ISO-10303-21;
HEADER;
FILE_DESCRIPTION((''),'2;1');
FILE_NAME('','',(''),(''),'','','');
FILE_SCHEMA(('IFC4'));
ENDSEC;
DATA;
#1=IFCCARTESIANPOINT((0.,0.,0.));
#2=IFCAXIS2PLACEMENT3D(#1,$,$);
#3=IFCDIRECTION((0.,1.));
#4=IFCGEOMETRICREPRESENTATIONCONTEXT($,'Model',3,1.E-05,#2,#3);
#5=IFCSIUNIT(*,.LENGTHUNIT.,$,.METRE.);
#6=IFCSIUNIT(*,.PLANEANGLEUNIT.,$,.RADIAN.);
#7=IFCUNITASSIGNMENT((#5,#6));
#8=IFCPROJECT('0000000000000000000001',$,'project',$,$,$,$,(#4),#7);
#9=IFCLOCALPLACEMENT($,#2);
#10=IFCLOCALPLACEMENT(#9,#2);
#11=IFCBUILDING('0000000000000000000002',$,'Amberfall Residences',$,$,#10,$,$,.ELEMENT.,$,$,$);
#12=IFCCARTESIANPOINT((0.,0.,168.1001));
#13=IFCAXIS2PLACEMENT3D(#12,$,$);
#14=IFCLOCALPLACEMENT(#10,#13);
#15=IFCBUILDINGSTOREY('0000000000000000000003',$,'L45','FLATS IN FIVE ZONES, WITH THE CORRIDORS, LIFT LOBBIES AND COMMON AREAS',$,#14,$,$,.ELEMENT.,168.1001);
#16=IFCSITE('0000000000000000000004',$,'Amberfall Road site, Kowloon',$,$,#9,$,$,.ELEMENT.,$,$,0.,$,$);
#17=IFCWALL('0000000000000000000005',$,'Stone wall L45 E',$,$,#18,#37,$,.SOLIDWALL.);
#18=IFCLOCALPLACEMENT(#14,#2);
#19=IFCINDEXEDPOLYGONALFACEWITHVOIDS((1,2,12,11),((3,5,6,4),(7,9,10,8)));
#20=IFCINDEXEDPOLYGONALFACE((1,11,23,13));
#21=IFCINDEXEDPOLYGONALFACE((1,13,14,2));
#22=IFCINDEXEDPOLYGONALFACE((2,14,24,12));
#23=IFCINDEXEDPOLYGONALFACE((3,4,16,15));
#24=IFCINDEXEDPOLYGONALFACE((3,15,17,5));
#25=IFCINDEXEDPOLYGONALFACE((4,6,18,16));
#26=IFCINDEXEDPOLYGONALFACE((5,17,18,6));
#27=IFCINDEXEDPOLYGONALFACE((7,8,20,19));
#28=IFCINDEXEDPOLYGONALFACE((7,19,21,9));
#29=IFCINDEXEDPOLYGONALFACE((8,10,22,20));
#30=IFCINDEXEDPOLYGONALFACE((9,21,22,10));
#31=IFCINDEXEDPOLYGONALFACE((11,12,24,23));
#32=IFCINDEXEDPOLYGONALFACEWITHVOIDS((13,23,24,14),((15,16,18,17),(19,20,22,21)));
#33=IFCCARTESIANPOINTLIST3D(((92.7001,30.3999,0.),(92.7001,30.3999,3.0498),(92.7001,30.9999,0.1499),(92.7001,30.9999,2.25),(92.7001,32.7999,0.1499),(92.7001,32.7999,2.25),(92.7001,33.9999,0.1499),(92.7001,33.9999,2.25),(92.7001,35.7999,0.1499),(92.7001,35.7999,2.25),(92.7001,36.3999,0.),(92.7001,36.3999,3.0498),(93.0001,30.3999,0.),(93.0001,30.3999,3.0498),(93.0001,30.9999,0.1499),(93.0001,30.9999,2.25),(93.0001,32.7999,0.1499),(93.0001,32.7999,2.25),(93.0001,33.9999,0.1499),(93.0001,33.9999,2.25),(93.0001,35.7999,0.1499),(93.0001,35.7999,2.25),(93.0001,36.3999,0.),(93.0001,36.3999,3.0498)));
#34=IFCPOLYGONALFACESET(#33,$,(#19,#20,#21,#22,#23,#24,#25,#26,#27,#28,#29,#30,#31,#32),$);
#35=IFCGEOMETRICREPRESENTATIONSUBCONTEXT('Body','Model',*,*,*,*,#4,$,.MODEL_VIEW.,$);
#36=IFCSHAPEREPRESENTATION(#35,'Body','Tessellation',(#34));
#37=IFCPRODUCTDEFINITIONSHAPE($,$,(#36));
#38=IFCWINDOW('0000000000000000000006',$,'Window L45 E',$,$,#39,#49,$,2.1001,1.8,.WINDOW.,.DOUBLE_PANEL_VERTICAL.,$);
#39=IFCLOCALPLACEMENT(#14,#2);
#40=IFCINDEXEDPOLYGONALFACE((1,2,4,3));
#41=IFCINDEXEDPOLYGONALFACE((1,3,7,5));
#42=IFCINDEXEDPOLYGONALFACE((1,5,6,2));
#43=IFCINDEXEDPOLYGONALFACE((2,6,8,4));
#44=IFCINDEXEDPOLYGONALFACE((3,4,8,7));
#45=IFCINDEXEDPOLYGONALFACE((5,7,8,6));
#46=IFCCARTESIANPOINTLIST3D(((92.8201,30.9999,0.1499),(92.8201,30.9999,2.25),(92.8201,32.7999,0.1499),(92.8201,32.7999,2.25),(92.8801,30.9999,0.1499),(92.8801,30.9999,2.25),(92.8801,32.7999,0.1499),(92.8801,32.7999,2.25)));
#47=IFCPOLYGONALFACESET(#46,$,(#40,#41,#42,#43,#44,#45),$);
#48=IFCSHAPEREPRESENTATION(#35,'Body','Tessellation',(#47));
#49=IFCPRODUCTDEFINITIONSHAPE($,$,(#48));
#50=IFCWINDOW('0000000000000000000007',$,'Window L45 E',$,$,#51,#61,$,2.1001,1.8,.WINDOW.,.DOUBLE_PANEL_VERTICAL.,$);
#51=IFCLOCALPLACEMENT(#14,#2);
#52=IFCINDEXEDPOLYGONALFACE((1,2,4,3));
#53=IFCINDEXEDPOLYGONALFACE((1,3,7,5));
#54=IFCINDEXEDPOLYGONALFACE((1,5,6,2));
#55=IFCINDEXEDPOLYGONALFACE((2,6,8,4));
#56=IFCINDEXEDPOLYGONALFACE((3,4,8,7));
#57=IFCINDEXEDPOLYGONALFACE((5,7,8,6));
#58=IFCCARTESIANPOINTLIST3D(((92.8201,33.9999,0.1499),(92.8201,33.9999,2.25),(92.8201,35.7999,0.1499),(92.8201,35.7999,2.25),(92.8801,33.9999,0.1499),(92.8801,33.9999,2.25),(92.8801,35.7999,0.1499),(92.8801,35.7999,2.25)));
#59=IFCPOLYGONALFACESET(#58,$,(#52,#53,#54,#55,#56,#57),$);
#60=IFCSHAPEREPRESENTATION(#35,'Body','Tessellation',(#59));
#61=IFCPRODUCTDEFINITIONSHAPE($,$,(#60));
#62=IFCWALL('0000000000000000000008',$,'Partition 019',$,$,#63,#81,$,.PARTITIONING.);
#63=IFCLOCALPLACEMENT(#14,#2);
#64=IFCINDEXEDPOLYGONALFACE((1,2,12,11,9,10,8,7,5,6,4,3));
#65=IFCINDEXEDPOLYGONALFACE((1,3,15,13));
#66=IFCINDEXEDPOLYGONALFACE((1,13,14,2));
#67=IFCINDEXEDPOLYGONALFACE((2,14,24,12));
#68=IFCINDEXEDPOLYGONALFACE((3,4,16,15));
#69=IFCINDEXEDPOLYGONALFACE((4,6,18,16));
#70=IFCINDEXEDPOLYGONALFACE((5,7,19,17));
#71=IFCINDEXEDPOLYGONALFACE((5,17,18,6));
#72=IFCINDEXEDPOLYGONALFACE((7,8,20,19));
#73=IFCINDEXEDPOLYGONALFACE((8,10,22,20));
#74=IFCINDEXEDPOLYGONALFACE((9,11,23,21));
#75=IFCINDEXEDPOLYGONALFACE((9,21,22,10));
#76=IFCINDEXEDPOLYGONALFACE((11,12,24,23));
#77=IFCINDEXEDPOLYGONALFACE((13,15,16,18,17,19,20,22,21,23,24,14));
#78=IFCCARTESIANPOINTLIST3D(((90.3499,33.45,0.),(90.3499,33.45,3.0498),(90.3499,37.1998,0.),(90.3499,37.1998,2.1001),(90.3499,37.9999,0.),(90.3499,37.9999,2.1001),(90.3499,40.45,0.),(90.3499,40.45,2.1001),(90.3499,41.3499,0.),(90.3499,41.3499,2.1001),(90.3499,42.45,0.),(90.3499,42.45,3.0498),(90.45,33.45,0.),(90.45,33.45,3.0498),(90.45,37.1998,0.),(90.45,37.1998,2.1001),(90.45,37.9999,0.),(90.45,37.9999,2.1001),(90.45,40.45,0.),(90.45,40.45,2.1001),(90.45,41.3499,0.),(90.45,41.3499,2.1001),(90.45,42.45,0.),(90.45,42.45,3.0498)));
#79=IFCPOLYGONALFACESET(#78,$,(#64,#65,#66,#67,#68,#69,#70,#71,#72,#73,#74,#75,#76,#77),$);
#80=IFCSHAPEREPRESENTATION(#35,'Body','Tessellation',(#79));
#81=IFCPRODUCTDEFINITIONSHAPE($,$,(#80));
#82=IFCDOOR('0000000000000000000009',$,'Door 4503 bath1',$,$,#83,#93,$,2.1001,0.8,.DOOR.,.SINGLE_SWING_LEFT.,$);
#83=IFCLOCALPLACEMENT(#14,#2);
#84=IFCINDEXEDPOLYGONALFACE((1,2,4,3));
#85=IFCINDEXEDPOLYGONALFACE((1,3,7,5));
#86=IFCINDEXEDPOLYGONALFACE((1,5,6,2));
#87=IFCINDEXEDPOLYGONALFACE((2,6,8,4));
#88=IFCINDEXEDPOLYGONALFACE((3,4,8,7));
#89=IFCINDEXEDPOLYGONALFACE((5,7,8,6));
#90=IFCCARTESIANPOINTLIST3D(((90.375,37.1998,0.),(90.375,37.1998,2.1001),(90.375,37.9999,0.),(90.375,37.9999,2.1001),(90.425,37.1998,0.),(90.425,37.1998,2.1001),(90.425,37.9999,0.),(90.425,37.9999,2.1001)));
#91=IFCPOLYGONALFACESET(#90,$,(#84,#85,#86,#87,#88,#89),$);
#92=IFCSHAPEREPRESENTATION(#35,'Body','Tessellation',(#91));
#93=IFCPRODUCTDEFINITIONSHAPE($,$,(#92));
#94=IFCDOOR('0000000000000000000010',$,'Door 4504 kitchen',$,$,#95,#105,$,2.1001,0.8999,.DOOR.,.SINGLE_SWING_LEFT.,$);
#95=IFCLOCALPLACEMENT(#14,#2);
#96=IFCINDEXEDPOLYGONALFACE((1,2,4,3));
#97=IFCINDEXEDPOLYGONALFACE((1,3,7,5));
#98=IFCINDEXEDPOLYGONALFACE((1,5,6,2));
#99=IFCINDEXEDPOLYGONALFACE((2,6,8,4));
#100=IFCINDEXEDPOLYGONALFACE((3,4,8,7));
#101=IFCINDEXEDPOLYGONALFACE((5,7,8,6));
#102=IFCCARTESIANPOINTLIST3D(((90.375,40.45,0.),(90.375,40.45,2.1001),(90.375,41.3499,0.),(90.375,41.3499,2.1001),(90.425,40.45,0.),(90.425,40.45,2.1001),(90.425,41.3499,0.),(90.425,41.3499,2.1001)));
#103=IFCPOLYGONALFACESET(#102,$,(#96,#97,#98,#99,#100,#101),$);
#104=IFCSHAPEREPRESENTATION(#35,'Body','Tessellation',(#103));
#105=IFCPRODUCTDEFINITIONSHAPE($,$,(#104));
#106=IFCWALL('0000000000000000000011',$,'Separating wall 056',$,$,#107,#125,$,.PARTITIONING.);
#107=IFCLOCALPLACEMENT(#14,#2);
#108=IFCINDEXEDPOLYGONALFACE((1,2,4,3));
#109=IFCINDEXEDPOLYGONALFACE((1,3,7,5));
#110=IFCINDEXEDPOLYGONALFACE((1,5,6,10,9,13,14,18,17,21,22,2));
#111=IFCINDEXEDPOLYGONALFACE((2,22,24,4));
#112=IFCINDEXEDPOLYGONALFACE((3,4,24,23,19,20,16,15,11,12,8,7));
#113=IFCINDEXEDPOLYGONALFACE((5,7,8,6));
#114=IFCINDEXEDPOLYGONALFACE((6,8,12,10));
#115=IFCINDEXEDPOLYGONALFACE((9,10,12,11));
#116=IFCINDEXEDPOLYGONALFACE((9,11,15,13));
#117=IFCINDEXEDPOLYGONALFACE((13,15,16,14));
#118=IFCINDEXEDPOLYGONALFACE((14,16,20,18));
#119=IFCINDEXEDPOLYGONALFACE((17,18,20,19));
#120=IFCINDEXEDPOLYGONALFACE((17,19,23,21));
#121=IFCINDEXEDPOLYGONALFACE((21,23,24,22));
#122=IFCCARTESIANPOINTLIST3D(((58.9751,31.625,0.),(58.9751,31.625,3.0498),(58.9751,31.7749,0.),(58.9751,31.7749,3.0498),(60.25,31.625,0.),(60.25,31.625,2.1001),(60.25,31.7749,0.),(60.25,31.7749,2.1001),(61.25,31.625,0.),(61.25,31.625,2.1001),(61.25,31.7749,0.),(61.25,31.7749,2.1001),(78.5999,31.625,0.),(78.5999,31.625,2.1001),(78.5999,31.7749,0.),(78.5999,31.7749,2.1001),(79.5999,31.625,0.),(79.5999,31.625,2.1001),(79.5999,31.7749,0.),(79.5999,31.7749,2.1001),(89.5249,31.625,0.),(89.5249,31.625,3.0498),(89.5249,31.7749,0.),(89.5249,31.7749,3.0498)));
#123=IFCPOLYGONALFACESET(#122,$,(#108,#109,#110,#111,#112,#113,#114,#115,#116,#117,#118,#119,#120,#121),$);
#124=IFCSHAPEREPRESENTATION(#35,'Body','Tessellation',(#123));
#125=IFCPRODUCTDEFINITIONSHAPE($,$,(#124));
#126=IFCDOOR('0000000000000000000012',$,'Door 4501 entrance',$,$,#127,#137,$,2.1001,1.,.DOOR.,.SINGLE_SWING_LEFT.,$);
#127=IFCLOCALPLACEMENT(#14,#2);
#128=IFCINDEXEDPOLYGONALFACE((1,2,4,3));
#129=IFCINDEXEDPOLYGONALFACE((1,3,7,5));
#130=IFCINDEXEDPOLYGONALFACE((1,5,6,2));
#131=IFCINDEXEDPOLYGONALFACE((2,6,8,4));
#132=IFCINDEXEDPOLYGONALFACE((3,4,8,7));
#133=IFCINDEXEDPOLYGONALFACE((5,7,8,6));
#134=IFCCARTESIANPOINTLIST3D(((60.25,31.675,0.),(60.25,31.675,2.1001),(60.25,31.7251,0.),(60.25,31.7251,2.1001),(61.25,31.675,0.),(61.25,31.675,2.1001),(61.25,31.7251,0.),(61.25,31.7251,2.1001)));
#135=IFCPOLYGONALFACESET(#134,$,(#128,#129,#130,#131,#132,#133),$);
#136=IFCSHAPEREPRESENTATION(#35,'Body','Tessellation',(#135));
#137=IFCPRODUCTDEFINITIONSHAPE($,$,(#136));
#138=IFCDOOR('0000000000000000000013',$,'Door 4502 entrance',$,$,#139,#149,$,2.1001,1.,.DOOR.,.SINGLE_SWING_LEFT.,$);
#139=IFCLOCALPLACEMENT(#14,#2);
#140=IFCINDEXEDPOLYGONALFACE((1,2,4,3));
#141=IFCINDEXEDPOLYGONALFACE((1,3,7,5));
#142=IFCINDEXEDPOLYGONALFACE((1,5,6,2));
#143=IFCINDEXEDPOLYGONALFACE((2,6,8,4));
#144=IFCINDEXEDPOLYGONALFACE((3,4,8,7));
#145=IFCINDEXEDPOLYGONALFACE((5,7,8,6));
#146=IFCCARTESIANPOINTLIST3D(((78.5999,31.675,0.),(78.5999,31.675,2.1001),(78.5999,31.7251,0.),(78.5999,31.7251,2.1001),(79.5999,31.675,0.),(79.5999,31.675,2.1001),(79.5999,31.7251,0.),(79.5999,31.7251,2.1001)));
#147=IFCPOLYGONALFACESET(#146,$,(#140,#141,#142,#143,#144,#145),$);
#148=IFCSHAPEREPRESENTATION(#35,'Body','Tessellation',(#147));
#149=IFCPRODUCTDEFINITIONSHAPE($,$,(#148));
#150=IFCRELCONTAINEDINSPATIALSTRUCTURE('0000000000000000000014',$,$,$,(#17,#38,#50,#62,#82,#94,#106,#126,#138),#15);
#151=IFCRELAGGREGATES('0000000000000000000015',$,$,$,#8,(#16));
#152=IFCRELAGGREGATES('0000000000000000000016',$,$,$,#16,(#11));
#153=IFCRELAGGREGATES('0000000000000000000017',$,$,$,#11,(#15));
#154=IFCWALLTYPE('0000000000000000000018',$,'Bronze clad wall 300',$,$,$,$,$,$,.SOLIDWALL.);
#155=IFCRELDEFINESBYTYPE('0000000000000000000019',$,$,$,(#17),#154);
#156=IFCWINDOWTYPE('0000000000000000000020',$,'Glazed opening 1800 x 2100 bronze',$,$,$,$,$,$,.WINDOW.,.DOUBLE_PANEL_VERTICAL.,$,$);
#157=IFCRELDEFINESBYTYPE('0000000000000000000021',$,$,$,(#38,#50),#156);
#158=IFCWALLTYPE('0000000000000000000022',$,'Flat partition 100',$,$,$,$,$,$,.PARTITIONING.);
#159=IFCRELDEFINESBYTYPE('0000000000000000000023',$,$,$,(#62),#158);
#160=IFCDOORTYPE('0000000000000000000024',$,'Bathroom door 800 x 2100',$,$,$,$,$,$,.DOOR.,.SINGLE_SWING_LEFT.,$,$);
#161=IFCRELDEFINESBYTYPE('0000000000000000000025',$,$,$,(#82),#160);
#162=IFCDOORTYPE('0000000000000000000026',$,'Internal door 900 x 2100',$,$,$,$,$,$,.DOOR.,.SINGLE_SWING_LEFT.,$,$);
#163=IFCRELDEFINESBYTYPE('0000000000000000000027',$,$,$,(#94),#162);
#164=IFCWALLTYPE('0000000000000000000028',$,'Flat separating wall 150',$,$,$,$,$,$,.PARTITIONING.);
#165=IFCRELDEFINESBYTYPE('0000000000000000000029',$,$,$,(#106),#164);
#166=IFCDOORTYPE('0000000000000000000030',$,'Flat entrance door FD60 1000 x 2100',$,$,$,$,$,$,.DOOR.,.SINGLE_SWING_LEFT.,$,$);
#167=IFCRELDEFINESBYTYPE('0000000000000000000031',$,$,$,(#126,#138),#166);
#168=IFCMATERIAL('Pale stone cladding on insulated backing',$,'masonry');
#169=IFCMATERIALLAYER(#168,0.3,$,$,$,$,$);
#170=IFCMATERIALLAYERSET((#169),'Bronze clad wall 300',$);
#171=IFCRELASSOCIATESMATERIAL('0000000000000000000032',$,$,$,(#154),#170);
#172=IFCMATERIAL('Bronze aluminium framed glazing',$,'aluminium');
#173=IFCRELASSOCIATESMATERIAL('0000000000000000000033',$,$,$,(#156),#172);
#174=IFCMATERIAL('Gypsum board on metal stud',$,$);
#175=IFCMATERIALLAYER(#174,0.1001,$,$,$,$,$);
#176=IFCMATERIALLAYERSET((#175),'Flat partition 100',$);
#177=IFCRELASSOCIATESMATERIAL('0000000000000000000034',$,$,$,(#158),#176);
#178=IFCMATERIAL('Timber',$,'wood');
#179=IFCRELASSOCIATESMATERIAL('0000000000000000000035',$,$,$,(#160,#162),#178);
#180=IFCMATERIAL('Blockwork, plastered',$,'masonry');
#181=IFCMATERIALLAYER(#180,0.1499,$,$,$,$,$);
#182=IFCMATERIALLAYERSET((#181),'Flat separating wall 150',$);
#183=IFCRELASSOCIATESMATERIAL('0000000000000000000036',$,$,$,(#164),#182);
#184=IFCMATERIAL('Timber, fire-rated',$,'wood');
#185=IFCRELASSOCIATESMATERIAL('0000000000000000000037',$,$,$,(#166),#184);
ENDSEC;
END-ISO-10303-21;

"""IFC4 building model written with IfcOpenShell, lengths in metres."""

from ifc_helpers import new_model, si_unit, direction, frame, frame_2d, origin, place, context, subcontext, project, spatial, rectangle, extrude, material, layer, layer_set, type_object, element, fill, save


model = new_model("IFC4")

# Units and contexts
model_context = context("Model", 3, precision=1e-05, world=origin(), true_north=direction((0.0, 1.0)))
body_context = subcontext(model_context, "Body", "Model", "MODEL_VIEW")
ifc_project = project(units=[si_unit("LENGTHUNIT", "METRE"), si_unit("PLANEANGLEUNIT", "RADIAN")], contexts=[model_context])

# Site, building, storey
site_placement = place(None, origin())
site = spatial("IfcSite", under=ifc_project, at=site_placement, Name="Amberfall Road site, Kowloon", CompositionType="ELEMENT", RefElevation=0.0)
building_placement = place(site_placement, origin())
building = spatial("IfcBuilding", under=site, at=building_placement, Name="Amberfall Residences", CompositionType="ELEMENT")
storey_placement = place(building_placement, frame((0.0, 0.0, 168.1001)))
storey = spatial("IfcBuildingStorey", under=building, at=storey_placement, Name="L45", Description="FLATS IN FIVE ZONES, WITH THE CORRIDORS, LIFT LOBBIES AND COMMON AREAS", CompositionType="ELEMENT", Elevation=168.1001)

# Wall, openings, windows
ifc_material_1 = material(Name="Pale stone cladding on insulated backing", Category="masonry")
ifc_layer_1 = layer(ifc_material_1, 0.3)
ifc_layer_set_1 = layer_set([ifc_layer_1], Name="Bronze clad wall 300")
wall_type_1 = type_object("IfcWallType", Name="Bronze clad wall 300", PredefinedType="SOLIDWALL", material=ifc_layer_set_1)
wall_1_placement = place(storey_placement, frame((92.8501, 30.3999, 0.0), z_axis=(0.0, 0.0, 1.0), x_axis=(0.0, 1.0, 0.0)))
wall_1 = element("IfcWall", 1, at=wall_1_placement, inside=storey, type_object=wall_type_1, Name="Stone wall L45 E", PredefinedType="SOLIDWALL", context=body_context, shape_type="SweptSolid", body=[
    extrude(rectangle(XDim=6.0, YDim=0.3, at=frame_2d((3.0, 0.0))), origin(), (0.0, 0.0, 1.0), 3.0498),
])
opening_1_placement = place(wall_1_placement, frame((0.6001, 0.0, 0.1499)))
opening_1 = element("IfcOpeningElement", 2, at=opening_1_placement, cuts=wall_1, PredefinedType="OPENING", context=body_context, shape_type="SweptSolid", body=[
    extrude(rectangle(XDim=1.8, YDim=2.1001, at=frame_2d((0.8999, 1.05))), frame((0.0, 0.1599, 0.0), z_axis=(0.0, -1.0, 0.0), x_axis=(1.0, 0.0, 0.0)), (0.0, 0.0, 1.0), 0.3201),
])
opening_2_placement = place(wall_1_placement, frame((3.6001, 0.0, 0.1499)))
opening_2 = element("IfcOpeningElement", 3, at=opening_2_placement, cuts=wall_1, PredefinedType="OPENING", context=body_context, shape_type="SweptSolid", body=[
    extrude(rectangle(XDim=1.8, YDim=2.1001, at=frame_2d((0.8999, 1.05))), frame((0.0, 0.1599, 0.0), z_axis=(0.0, -1.0, 0.0), x_axis=(1.0, 0.0, 0.0)), (0.0, 0.0, 1.0), 0.3201),
])
ifc_material_2 = material(Name="Bronze aluminium framed glazing", Category="aluminium")
window_type = type_object("IfcWindowType", Name="Glazed opening 1800 x 2100 bronze", PartitioningType="DOUBLE_PANEL_VERTICAL", PredefinedType="WINDOW", material=ifc_material_2)
window_1_placement = place(opening_1_placement, origin())
window_1 = element("IfcWindow", 4, at=window_1_placement, inside=storey, type_object=window_type, Name="Window L45 E", OverallHeight=2.1001, OverallWidth=1.8, PartitioningType="DOUBLE_PANEL_VERTICAL", PredefinedType="WINDOW", context=body_context, shape_type="SweptSolid", body=[
    extrude(rectangle(XDim=1.8, YDim=2.1001, at=frame_2d((0.8999, 1.05))), frame((0.0, 0.03, 0.0), z_axis=(0.0, -1.0, 0.0), x_axis=(1.0, 0.0, 0.0)), (0.0, 0.0, 1.0), 0.0601),
])
fill(opening_1, window_1)
window_2_placement = place(opening_2_placement, origin())
window_2 = element("IfcWindow", 5, at=window_2_placement, inside=storey, type_object=window_type, Name="Window L45 E", OverallHeight=2.1001, OverallWidth=1.8, PartitioningType="DOUBLE_PANEL_VERTICAL", PredefinedType="WINDOW", context=body_context, shape_type="SweptSolid", body=[
    extrude(rectangle(XDim=1.8, YDim=2.1001, at=frame_2d((0.8999, 1.05))), frame((0.0, 0.03, 0.0), z_axis=(0.0, -1.0, 0.0), x_axis=(1.0, 0.0, 0.0)), (0.0, 0.0, 1.0), 0.0601),
])
fill(opening_2, window_2)

# Walls, openings, doors
ifc_material_3 = material(Name="Gypsum board on metal stud")
ifc_layer_2 = layer(ifc_material_3, 0.1001)
ifc_layer_set_2 = layer_set([ifc_layer_2], Name="Flat partition 100")
wall_type_2 = type_object("IfcWallType", Name="Flat partition 100", PredefinedType="PARTITIONING", material=ifc_layer_set_2)
wall_2_placement = place(storey_placement, frame((90.3999, 33.45, 0.0), z_axis=(0.0, 0.0, 1.0), x_axis=(0.0, 1.0, 0.0)))
wall_2 = element("IfcWall", 6, at=wall_2_placement, inside=storey, type_object=wall_type_2, Name="Partition 019", PredefinedType="PARTITIONING", context=body_context, shape_type="SweptSolid", body=[
    extrude(rectangle(XDim=9.0, YDim=0.1001, at=frame_2d((4.5, 0.0))), origin(), (0.0, 0.0, 1.0), 3.0498),
])
opening_3_placement = place(wall_2_placement, frame((3.75, 0.0, 0.0)))
opening_3 = element("IfcOpeningElement", 7, at=opening_3_placement, cuts=wall_2, PredefinedType="OPENING", context=body_context, shape_type="SweptSolid", body=[
    extrude(rectangle(XDim=0.8, YDim=2.1001, at=frame_2d((0.3999, 1.05))), frame((0.0, 0.0601, 0.0), z_axis=(0.0, -1.0, 0.0), x_axis=(1.0, 0.0, 0.0)), (0.0, 0.0, 1.0), 0.1201),
])
opening_4_placement = place(wall_2_placement, frame((7.0, 0.0, 0.0)))
opening_4 = element("IfcOpeningElement", 8, at=opening_4_placement, cuts=wall_2, PredefinedType="OPENING", context=body_context, shape_type="SweptSolid", body=[
    extrude(rectangle(XDim=0.8999, YDim=2.1001, at=frame_2d((0.45, 1.05))), frame((0.0, 0.0601, 0.0), z_axis=(0.0, -1.0, 0.0), x_axis=(1.0, 0.0, 0.0)), (0.0, 0.0, 1.0), 0.1201),
])
ifc_material_4 = material(Name="Timber", Category="wood")
door_type_1 = type_object("IfcDoorType", Name="Bathroom door 800 x 2100", OperationType="SINGLE_SWING_LEFT", PredefinedType="DOOR", material=ifc_material_4)
door_1_placement = place(opening_3_placement, origin())
door_1 = element("IfcDoor", 9, at=door_1_placement, inside=storey, type_object=door_type_1, Name="Door 4503 bath1", OperationType="SINGLE_SWING_LEFT", OverallHeight=2.1001, OverallWidth=0.8, PredefinedType="DOOR", context=body_context, shape_type="SweptSolid", body=[
    extrude(rectangle(XDim=0.8, YDim=2.1001, at=frame_2d((0.3999, 1.05))), frame((0.0, 0.0249, 0.0), z_axis=(0.0, -1.0, 0.0), x_axis=(1.0, 0.0, 0.0)), (0.0, 0.0, 1.0), 0.05),
])
fill(opening_3, door_1)
door_type_2 = type_object("IfcDoorType", Name="Internal door 900 x 2100", OperationType="SINGLE_SWING_LEFT", PredefinedType="DOOR", material=ifc_material_4)
door_2_placement = place(opening_4_placement, origin())
door_2 = element("IfcDoor", 10, at=door_2_placement, inside=storey, type_object=door_type_2, Name="Door 4504 kitchen", OperationType="SINGLE_SWING_LEFT", OverallHeight=2.1001, OverallWidth=0.8999, PredefinedType="DOOR", context=body_context, shape_type="SweptSolid", body=[
    extrude(rectangle(XDim=0.8999, YDim=2.1001, at=frame_2d((0.45, 1.05))), frame((0.0, 0.0249, 0.0), z_axis=(0.0, -1.0, 0.0), x_axis=(1.0, 0.0, 0.0)), (0.0, 0.0, 1.0), 0.05),
])
fill(opening_4, door_2)
ifc_material_5 = material(Name="Blockwork, plastered", Category="masonry")
ifc_layer_3 = layer(ifc_material_5, 0.1499)
ifc_layer_set_3 = layer_set([ifc_layer_3], Name="Flat separating wall 150")
wall_type_3 = type_object("IfcWallType", Name="Flat separating wall 150", PredefinedType="PARTITIONING", material=ifc_layer_set_3)
wall_3_placement = place(storey_placement, frame((89.5249, 31.7, 0.0), z_axis=(0.0, 0.0, 1.0), x_axis=(-1.0, 0.0, 0.0)))
wall_3 = element("IfcWall", 11, at=wall_3_placement, inside=storey, type_object=wall_type_3, Name="Separating wall 056", PredefinedType="PARTITIONING", context=body_context, shape_type="SweptSolid", body=[
    extrude(rectangle(XDim=30.5498, YDim=0.1499, at=frame_2d((15.2749, 0.0))), origin(), (0.0, 0.0, 1.0), 3.0498),
])
opening_5_placement = place(wall_3_placement, frame((28.2749, 0.0, 0.0)))
opening_5 = element("IfcOpeningElement", 12, at=opening_5_placement, cuts=wall_3, PredefinedType="OPENING", context=body_context, shape_type="SweptSolid", body=[
    extrude(rectangle(XDim=1.0, YDim=2.1001, at=frame_2d((0.5, 1.05))), frame((0.0, 0.085, 0.0), z_axis=(0.0, -1.0, 0.0), x_axis=(1.0, 0.0, 0.0)), (0.0, 0.0, 1.0), 0.1699),
])
opening_6_placement = place(wall_3_placement, frame((9.925, 0.0, 0.0)))
opening_6 = element("IfcOpeningElement", 13, at=opening_6_placement, cuts=wall_3, PredefinedType="OPENING", context=body_context, shape_type="SweptSolid", body=[
    extrude(rectangle(XDim=1.0, YDim=2.1001, at=frame_2d((0.5, 1.05))), frame((0.0, 0.085, 0.0), z_axis=(0.0, -1.0, 0.0), x_axis=(1.0, 0.0, 0.0)), (0.0, 0.0, 1.0), 0.1699),
])
ifc_material_6 = material(Name="Timber, fire-rated", Category="wood")
door_type_3 = type_object("IfcDoorType", Name="Flat entrance door FD60 1000 x 2100", OperationType="SINGLE_SWING_LEFT", PredefinedType="DOOR", material=ifc_material_6)
door_3_placement = place(opening_5_placement, origin())
door_3 = element("IfcDoor", 14, at=door_3_placement, inside=storey, type_object=door_type_3, Name="Door 4501 entrance", OperationType="SINGLE_SWING_LEFT", OverallHeight=2.1001, OverallWidth=1.0, PredefinedType="DOOR", context=body_context, shape_type="SweptSolid", body=[
    extrude(rectangle(XDim=1.0, YDim=2.1001, at=frame_2d((0.5, 1.05))), frame((0.0, 0.0249, 0.0), z_axis=(0.0, -1.0, 0.0), x_axis=(1.0, 0.0, 0.0)), (0.0, 0.0, 1.0), 0.05),
])
fill(opening_5, door_3)
door_4_placement = place(opening_6_placement, origin())
door_4 = element("IfcDoor", 15, at=door_4_placement, inside=storey, type_object=door_type_3, Name="Door 4502 entrance", OperationType="SINGLE_SWING_LEFT", OverallHeight=2.1001, OverallWidth=1.0, PredefinedType="DOOR", context=body_context, shape_type="SweptSolid", body=[
    extrude(rectangle(XDim=1.0, YDim=2.1001, at=frame_2d((0.5, 1.05))), frame((0.0, 0.0249, 0.0), z_axis=(0.0, -1.0, 0.0), x_axis=(1.0, 0.0, 0.0)), (0.0, 0.0, 1.0), 0.05),
])
fill(opening_6, door_4)

save(model, "model.ifc")
